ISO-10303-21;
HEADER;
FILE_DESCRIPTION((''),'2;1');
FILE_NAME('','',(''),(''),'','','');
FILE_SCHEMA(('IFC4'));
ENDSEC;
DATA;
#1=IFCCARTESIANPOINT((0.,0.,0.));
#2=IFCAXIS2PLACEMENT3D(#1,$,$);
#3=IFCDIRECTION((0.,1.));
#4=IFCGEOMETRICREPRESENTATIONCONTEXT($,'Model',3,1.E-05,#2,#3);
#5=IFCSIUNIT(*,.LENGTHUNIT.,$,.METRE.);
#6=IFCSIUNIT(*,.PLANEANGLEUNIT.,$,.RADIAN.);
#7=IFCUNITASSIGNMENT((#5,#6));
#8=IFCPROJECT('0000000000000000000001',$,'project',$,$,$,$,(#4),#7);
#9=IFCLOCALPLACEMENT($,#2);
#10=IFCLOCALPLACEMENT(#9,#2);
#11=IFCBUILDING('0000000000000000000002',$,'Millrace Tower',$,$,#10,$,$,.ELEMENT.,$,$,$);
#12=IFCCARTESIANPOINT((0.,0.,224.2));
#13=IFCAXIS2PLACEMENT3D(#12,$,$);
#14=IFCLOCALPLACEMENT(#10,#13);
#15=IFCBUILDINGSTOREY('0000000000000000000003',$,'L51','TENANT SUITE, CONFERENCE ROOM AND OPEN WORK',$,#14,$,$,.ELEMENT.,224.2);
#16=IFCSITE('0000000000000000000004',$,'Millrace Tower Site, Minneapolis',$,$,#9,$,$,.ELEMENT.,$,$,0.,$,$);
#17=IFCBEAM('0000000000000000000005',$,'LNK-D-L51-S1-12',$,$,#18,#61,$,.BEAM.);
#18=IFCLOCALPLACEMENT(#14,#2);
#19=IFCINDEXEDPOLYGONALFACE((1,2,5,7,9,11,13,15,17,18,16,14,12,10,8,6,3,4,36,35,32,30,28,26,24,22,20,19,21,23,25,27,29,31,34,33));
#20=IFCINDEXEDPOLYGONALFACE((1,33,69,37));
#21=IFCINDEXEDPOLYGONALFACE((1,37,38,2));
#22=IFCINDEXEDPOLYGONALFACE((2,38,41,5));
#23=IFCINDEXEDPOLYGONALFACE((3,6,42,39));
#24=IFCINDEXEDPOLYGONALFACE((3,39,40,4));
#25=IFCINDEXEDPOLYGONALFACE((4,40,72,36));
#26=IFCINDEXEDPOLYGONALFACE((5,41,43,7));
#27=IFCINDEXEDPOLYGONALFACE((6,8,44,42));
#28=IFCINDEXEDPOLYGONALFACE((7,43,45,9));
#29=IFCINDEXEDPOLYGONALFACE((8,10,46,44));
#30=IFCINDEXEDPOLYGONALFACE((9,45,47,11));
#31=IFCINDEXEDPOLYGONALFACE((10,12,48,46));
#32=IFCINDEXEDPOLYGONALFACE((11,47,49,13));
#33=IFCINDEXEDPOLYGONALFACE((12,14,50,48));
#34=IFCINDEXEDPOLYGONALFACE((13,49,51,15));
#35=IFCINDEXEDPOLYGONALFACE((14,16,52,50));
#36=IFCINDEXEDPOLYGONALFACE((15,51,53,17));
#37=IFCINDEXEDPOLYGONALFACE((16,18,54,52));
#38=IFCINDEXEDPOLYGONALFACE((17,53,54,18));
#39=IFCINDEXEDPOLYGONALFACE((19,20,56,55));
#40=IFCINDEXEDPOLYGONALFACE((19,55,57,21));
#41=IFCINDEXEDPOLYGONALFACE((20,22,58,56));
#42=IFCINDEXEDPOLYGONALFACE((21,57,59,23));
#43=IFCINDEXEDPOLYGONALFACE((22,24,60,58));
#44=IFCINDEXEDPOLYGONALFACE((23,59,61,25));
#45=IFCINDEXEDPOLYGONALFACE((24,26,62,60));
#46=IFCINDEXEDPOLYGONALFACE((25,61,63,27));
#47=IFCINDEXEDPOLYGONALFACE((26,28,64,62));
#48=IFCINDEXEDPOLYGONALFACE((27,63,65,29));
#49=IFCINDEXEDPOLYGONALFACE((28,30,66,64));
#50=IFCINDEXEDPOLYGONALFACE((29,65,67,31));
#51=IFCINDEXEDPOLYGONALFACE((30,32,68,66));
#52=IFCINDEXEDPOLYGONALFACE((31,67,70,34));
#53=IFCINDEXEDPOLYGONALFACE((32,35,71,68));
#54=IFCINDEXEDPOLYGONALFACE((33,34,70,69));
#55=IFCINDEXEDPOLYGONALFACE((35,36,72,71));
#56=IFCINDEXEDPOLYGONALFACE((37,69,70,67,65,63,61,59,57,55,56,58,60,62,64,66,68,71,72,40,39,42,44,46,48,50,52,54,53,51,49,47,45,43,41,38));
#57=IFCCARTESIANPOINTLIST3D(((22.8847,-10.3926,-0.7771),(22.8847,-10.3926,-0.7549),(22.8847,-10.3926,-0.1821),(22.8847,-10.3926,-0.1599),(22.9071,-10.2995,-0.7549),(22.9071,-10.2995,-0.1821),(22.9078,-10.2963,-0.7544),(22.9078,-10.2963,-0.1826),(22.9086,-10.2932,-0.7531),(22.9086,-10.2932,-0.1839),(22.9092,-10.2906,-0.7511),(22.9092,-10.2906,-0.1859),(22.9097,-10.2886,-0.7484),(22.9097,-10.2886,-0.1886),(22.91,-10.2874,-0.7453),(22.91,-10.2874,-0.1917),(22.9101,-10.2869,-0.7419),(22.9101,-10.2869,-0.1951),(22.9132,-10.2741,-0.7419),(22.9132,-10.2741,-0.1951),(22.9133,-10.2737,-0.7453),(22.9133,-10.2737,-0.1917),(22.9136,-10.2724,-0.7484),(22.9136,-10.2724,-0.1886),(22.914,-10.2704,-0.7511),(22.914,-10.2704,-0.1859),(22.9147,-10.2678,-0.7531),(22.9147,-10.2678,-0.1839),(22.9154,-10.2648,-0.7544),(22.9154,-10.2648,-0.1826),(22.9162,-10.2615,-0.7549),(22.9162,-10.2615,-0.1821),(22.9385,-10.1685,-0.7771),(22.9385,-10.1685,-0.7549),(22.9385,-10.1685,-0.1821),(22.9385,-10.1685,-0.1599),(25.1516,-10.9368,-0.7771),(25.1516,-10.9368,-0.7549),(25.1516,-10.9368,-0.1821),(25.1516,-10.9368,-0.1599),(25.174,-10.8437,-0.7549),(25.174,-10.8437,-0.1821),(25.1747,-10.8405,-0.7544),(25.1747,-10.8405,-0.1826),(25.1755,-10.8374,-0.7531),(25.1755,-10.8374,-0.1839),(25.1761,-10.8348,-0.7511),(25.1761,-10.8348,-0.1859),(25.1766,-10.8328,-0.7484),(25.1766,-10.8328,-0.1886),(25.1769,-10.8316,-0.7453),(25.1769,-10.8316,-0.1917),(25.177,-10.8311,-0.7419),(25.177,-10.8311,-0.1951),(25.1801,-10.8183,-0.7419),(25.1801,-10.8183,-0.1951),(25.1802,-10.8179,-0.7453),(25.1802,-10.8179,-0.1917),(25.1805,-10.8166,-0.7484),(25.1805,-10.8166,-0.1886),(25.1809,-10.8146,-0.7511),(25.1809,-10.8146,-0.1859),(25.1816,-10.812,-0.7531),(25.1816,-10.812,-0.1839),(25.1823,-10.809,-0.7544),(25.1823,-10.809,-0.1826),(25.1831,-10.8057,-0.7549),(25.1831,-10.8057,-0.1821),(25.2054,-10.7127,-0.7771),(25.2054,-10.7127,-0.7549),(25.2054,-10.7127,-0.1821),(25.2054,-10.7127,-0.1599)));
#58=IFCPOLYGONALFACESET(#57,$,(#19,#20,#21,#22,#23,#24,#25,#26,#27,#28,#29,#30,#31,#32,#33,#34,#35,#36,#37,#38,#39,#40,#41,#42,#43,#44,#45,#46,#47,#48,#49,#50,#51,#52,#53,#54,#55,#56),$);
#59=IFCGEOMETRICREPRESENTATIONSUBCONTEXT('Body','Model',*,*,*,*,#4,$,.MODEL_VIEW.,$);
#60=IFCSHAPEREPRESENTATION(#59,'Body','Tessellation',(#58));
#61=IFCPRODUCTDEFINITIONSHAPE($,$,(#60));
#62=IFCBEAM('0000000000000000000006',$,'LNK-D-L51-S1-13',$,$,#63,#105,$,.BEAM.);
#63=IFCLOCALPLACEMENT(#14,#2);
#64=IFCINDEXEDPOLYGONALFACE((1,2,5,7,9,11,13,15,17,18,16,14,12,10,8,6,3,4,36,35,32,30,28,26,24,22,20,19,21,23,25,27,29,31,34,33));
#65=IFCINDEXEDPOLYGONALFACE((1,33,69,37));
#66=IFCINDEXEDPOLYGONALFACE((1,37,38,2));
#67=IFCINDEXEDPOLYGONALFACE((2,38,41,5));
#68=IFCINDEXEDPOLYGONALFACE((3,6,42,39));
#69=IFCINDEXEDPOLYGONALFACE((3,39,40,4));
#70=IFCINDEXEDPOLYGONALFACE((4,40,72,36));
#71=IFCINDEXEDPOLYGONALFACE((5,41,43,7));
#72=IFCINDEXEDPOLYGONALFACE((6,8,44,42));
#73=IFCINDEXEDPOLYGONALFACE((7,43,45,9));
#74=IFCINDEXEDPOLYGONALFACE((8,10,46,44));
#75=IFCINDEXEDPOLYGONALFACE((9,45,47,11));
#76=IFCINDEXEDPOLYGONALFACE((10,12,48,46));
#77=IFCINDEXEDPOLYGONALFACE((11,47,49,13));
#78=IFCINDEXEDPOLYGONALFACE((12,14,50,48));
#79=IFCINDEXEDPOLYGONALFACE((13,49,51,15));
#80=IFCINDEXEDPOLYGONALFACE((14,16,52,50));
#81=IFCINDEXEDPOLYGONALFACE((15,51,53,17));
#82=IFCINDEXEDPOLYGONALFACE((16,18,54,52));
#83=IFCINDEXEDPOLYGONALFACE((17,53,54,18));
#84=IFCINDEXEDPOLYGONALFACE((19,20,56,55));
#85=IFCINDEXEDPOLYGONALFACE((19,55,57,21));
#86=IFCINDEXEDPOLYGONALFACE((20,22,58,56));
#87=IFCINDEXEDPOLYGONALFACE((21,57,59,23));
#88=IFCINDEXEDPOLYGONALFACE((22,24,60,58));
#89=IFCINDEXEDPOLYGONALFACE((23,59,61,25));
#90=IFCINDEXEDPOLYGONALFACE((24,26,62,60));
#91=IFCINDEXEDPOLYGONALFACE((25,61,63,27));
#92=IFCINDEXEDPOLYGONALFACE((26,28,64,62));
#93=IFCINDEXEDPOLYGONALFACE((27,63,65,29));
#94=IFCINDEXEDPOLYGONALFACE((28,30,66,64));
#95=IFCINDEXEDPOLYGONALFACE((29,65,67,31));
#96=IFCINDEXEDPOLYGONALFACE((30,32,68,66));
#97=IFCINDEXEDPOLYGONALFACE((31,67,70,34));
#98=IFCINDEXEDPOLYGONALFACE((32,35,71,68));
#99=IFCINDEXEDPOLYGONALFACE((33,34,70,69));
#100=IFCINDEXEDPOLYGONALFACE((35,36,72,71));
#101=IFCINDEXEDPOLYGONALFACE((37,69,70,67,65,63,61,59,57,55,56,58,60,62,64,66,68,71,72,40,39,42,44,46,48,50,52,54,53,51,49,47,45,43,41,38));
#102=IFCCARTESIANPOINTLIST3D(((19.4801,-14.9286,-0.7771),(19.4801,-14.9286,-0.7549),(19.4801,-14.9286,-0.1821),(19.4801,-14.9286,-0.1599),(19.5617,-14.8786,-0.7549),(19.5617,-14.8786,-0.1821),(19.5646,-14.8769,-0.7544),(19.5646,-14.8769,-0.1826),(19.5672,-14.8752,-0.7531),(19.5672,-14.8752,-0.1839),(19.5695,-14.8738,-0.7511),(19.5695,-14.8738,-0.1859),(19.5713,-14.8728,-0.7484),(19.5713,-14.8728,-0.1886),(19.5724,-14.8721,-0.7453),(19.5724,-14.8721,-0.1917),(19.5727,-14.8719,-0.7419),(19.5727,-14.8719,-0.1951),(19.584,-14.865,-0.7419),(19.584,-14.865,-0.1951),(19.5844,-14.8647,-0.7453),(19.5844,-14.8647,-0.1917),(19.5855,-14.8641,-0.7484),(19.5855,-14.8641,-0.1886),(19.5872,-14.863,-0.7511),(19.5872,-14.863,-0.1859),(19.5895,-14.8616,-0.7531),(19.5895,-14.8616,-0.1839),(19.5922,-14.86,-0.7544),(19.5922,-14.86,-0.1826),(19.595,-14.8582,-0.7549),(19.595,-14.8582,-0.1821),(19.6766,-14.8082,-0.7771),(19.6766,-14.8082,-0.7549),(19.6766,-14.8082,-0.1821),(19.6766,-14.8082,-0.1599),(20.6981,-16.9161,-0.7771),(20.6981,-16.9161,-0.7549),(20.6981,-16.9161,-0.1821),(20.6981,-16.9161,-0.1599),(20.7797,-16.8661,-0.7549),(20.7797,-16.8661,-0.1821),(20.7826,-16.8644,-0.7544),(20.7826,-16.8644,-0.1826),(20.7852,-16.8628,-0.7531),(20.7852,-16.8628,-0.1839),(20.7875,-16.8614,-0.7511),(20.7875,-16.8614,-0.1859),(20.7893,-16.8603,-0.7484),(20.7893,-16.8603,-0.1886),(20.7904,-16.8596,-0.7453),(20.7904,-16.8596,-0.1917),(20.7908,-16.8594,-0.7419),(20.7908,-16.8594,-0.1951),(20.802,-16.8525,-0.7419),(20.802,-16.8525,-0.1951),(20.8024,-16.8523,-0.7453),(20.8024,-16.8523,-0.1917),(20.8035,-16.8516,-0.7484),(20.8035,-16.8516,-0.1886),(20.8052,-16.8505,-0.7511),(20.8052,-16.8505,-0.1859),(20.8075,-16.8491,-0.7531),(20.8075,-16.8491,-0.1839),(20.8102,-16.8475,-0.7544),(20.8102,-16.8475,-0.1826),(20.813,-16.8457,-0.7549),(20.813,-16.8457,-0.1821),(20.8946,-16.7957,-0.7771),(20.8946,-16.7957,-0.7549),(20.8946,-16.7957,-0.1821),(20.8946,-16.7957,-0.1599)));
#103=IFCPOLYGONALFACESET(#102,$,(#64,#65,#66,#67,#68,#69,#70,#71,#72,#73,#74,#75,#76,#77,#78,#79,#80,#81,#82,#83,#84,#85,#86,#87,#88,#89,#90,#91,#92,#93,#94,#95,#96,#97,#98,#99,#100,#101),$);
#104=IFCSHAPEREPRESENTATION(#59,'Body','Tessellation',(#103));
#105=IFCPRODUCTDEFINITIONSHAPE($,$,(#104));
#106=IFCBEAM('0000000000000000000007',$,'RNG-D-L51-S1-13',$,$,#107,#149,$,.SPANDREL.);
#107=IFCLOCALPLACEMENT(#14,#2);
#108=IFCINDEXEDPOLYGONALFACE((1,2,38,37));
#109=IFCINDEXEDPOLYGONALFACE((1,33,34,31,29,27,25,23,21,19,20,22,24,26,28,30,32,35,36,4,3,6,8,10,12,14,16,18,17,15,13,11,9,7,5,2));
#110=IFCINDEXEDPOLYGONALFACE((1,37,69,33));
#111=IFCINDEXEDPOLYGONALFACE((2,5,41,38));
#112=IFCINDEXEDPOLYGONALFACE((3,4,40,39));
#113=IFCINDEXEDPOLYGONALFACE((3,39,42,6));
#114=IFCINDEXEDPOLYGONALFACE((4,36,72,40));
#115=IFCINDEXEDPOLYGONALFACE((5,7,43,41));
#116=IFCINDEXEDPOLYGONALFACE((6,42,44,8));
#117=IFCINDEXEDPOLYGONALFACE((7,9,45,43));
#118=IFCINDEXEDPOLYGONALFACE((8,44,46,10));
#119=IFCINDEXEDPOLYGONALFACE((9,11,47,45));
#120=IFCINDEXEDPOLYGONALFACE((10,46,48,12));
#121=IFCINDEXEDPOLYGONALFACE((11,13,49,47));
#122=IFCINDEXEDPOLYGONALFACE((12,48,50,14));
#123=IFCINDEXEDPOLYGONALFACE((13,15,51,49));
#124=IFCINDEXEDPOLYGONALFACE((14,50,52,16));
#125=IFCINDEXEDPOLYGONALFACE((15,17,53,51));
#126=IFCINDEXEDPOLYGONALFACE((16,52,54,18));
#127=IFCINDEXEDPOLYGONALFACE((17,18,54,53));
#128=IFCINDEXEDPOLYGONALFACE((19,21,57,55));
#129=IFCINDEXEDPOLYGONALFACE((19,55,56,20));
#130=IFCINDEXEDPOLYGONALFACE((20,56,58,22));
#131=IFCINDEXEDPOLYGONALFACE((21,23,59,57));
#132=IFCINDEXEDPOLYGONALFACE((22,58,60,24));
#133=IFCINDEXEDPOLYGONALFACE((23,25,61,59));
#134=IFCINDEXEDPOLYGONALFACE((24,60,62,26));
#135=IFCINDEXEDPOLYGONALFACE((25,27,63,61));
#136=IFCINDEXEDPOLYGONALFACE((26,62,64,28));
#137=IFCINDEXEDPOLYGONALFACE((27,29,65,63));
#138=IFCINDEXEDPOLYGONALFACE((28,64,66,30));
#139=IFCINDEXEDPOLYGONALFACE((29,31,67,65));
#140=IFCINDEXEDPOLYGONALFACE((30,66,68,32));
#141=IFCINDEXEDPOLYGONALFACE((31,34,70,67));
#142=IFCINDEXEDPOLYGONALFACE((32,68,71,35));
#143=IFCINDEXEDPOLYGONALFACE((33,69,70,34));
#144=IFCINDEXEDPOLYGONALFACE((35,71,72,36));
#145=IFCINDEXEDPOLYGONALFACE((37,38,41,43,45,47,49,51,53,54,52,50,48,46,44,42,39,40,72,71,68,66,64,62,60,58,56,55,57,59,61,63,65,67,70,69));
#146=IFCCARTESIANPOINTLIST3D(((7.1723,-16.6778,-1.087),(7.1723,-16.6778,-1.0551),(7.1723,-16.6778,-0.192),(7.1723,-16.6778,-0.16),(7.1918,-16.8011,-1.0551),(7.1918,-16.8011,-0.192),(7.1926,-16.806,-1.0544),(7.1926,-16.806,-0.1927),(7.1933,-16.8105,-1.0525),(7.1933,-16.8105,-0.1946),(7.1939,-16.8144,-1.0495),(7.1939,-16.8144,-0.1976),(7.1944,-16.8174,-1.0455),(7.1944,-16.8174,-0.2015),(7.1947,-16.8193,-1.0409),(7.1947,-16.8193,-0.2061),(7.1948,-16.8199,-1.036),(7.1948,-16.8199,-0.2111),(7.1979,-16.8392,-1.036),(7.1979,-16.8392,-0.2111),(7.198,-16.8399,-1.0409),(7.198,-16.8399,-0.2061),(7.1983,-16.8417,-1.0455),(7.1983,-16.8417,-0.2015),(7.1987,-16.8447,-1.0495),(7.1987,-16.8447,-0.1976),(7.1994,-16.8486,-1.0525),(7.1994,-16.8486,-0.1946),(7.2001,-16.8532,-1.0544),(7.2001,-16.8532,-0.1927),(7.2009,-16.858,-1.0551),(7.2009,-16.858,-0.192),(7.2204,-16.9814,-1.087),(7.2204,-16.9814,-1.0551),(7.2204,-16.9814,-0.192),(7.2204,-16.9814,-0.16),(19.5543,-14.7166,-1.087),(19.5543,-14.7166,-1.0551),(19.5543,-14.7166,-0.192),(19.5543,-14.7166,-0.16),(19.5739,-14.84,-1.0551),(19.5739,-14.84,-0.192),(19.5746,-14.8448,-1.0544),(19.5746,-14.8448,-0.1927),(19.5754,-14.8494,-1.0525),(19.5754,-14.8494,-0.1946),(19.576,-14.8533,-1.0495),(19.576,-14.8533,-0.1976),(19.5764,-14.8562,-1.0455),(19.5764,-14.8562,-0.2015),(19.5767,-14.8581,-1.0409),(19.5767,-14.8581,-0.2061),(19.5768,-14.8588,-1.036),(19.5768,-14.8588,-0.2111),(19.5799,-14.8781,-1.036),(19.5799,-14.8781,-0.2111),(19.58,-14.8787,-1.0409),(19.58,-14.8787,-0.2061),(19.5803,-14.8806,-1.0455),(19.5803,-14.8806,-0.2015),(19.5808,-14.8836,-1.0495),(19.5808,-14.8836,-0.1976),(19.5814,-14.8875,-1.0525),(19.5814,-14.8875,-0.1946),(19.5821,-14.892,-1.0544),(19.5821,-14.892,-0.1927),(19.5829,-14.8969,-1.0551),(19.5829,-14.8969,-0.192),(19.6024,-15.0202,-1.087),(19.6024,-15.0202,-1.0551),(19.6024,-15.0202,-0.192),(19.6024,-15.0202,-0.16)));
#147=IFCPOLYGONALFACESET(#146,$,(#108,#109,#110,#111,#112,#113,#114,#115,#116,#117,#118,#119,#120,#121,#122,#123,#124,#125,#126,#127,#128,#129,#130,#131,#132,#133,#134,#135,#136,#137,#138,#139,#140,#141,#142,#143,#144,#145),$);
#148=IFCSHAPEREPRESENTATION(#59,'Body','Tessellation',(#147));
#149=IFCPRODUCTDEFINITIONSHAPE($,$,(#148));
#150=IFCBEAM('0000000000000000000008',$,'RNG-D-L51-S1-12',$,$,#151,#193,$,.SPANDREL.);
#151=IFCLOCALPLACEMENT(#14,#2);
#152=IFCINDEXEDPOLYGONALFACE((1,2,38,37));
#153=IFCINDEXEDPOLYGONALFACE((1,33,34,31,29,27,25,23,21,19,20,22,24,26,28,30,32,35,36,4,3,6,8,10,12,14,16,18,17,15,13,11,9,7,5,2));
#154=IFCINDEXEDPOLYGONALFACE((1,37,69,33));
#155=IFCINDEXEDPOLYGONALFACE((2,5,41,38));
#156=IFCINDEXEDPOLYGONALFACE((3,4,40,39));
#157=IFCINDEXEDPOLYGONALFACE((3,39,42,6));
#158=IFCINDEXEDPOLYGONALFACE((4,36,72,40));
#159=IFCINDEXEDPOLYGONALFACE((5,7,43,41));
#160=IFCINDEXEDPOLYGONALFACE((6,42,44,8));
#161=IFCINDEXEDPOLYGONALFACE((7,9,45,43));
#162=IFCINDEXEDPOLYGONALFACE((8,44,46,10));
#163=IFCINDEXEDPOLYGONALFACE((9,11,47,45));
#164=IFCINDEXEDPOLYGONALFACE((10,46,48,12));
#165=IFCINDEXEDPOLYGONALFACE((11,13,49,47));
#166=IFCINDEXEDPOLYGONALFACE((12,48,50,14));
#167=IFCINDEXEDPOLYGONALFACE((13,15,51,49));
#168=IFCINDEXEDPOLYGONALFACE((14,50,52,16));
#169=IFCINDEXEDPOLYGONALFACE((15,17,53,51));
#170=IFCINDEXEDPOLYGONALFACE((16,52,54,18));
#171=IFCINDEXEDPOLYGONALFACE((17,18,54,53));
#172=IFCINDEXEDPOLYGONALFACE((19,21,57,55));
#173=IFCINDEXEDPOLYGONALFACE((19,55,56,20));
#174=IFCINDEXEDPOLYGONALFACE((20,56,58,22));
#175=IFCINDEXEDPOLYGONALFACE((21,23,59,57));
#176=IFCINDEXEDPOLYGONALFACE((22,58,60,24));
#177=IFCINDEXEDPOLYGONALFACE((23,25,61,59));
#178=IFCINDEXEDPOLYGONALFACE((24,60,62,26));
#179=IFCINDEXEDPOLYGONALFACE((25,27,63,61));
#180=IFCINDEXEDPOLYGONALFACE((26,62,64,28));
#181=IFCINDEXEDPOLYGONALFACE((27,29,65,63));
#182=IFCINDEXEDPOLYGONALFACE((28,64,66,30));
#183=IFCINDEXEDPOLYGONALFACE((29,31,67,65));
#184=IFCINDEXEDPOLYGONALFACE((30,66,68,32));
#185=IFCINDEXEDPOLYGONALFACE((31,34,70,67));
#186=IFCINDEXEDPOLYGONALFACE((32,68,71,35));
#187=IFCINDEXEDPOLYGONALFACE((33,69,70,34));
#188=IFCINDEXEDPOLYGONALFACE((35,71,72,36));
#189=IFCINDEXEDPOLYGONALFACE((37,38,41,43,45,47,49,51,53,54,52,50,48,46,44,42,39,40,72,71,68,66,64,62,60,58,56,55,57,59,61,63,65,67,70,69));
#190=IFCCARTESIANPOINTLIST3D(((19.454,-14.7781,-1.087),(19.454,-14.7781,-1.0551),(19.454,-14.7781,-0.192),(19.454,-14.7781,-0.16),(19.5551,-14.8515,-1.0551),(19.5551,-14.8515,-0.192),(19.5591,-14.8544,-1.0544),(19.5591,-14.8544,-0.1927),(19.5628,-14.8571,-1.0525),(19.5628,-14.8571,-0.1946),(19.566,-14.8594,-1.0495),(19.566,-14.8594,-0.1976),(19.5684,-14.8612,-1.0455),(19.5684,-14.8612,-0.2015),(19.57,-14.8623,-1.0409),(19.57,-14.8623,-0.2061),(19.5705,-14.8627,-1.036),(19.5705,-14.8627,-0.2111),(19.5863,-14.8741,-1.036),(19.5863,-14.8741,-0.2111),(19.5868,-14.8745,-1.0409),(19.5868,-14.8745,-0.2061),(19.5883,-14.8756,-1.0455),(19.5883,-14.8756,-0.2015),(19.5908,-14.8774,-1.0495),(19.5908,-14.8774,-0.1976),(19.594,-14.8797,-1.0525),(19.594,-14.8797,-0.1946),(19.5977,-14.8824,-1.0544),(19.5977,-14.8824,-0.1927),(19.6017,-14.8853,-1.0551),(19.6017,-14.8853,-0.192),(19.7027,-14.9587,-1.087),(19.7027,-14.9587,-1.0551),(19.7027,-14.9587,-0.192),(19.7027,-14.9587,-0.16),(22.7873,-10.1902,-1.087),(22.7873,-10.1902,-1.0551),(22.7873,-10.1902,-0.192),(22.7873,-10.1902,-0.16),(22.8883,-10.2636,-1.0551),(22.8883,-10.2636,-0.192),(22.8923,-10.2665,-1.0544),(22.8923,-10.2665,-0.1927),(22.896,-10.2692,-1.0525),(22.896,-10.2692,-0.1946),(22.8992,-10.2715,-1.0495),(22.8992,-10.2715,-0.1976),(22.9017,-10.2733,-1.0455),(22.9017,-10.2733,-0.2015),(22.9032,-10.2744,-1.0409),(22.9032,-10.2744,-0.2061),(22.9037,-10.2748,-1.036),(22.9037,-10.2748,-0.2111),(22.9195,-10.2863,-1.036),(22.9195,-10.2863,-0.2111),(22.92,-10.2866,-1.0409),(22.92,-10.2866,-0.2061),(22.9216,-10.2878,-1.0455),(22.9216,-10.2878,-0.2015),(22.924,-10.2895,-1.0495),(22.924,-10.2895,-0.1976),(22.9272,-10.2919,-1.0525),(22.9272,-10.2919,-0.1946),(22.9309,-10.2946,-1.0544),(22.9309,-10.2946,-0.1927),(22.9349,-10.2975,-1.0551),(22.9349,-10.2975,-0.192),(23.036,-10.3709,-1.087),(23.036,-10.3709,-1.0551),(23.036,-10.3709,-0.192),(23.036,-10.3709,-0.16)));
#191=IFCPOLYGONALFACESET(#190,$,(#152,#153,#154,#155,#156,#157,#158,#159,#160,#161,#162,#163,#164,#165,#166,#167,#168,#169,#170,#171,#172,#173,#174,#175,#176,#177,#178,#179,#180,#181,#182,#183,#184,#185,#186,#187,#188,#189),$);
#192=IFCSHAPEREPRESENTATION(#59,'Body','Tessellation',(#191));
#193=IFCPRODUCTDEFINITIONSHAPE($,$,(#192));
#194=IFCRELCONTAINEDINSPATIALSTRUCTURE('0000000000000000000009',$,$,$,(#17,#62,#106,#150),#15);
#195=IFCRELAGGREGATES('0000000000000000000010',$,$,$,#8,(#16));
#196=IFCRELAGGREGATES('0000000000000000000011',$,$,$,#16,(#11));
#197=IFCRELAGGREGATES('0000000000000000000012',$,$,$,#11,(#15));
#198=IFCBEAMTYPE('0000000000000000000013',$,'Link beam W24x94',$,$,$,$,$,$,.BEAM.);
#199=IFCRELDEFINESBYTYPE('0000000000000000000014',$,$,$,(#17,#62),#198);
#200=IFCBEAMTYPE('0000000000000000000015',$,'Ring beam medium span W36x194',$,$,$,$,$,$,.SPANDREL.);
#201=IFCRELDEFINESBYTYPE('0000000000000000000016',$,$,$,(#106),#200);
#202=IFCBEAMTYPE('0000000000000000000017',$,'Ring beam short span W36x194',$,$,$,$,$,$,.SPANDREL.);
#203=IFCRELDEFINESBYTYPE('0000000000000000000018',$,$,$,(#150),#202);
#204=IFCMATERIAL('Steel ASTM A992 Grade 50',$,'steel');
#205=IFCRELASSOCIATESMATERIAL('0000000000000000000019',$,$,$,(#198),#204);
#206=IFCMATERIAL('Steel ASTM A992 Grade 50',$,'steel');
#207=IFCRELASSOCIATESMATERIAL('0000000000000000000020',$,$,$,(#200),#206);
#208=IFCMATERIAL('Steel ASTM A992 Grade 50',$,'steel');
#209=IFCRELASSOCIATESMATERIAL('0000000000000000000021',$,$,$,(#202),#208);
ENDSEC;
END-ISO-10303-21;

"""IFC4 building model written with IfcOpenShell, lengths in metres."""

from ifc_helpers import new_model, si_unit, direction, frame, origin, origin_2d, place, context, subcontext, project, spatial, i_section, extrude, material, material_profile, profile_set, type_object, element, save


model = new_model("IFC4")

# Units and contexts
model_context = context("Model", 3, precision=1e-05, world=origin(), true_north=direction((0.0, 1.0)))
body_context = subcontext(model_context, "Body", "Model", "MODEL_VIEW")
ifc_project = project(units=[si_unit("LENGTHUNIT", "METRE"), si_unit("PLANEANGLEUNIT", "RADIAN")], contexts=[model_context])

# Site, building, storey
site_placement = place(None, origin())
site = spatial("IfcSite", under=ifc_project, at=site_placement, Name="Millrace Tower Site, Minneapolis", CompositionType="ELEMENT", RefElevation=0.0)
building_placement = place(site_placement, origin())
building = spatial("IfcBuilding", under=site, at=building_placement, Name="Millrace Tower", CompositionType="ELEMENT")
storey_placement = place(building_placement, frame((0.0, 0.0, 224.2)))
storey = spatial("IfcBuildingStorey", under=building, at=storey_placement, Name="L51", Description="TENANT SUITE, CONFERENCE ROOM AND OPEN WORK", CompositionType="ELEMENT", Elevation=224.2)

# Beams
ifc_material_1 = material(Name="Steel ASTM A992 Grade 50", Category="steel")
ifc_material_profile_1 = material_profile(ifc_material_1, i_section(OverallWidth=0.2305, OverallDepth=0.6172, WebThickness=0.0132, FlangeThickness=0.0222, FilletRadius=0.0129, at=origin_2d()))
ifc_profile_set_1 = profile_set([ifc_material_profile_1], Name="Steel ASTM A992 Grade 50")
beam_type_1 = type_object("IfcBeamType", Name="Link beam W24x94", PredefinedType="BEAM", material=ifc_profile_set_1)
beam_1_placement = place(storey_placement, frame((22.9116, -10.2805, -0.4685), z_axis=(0.972373, -0.233432, 0.0), x_axis=(0.233432, 0.972373, 0.0)))
element("IfcBeam", 1, at=beam_1_placement, inside=storey, type_object=beam_type_1, Name="LNK-D-L51-S1-12", PredefinedType="BEAM", context=body_context, shape_type="SweptSolid", body=[
    extrude(i_section(OverallWidth=0.2305, OverallDepth=0.6172, WebThickness=0.0132, FlangeThickness=0.0222, FilletRadius=0.0129, at=origin_2d()), origin(), (0.0, 0.0, 1.0), 2.3313),
])
beam_2_placement = place(storey_placement, frame((19.5784, -14.8684, -0.4685), z_axis=(0.522513, -0.852631, 0.0), x_axis=(0.852631, 0.522513, 0.0)))
element("IfcBeam", 2, at=beam_2_placement, inside=storey, type_object=beam_type_1, Name="LNK-D-L51-S1-13", PredefinedType="BEAM", context=body_context, shape_type="SweptSolid", body=[
    extrude(i_section(OverallWidth=0.2305, OverallDepth=0.6172, WebThickness=0.0132, FlangeThickness=0.0222, FilletRadius=0.0129, at=origin_2d()), origin(), (0.0, 0.0, 1.0), 2.3311),
])
ifc_material_2 = material(Name="Steel ASTM A992 Grade 50", Category="steel")
ifc_material_profile_2 = material_profile(ifc_material_2, i_section(OverallWidth=0.3074, OverallDepth=0.927, WebThickness=0.0195, FlangeThickness=0.032, FilletRadius=0.019, at=origin_2d()))
ifc_profile_set_2 = profile_set([ifc_material_profile_2], Name="Steel ASTM A992 Grade 50")
beam_type_2 = type_object("IfcBeamType", Name="Ring beam medium span W36x194", PredefinedType="SPANDREL", material=ifc_profile_set_2)
beam_3_placement = place(storey_placement, frame((19.5784, -14.8684, -0.6235), z_axis=(-0.987688, -0.156439, 0.0), x_axis=(0.156439, -0.987688, 0.0)))
element("IfcBeam", 3, at=beam_3_placement, inside=storey, type_object=beam_type_2, Name="RNG-D-L51-S1-13", PredefinedType="SPANDREL", context=body_context, shape_type="SweptSolid", body=[
    extrude(i_section(OverallWidth=0.3074, OverallDepth=0.927, WebThickness=0.0195, FlangeThickness=0.032, FilletRadius=0.019, at=origin_2d()), origin(), (0.0, 0.0, 1.0), 12.5364),
])
ifc_material_3 = material(Name="Steel ASTM A992 Grade 50", Category="steel")
ifc_material_profile_3 = material_profile(ifc_material_3, i_section(OverallWidth=0.3074, OverallDepth=0.927, WebThickness=0.0195, FlangeThickness=0.032, FilletRadius=0.019, at=origin_2d()))
ifc_profile_set_3 = profile_set([ifc_material_profile_3], Name="Steel ASTM A992 Grade 50")
beam_type_3 = type_object("IfcBeamType", Name="Ring beam short span W36x194", PredefinedType="SPANDREL", material=ifc_profile_set_3)
beam_4_placement = place(storey_placement, frame((22.9116, -10.2805, -0.6235), z_axis=(-0.58778, -0.809021, 0.0), x_axis=(0.809021, -0.58778, 0.0)))
element("IfcBeam", 4, at=beam_4_placement, inside=storey, type_object=beam_type_3, Name="RNG-D-L51-S1-12", PredefinedType="SPANDREL", context=body_context, shape_type="SweptSolid", body=[
    extrude(i_section(OverallWidth=0.3074, OverallDepth=0.927, WebThickness=0.0195, FlangeThickness=0.032, FilletRadius=0.019, at=origin_2d()), origin(), (0.0, 0.0, 1.0), 5.6709),
])

save(model, "model.ifc")
